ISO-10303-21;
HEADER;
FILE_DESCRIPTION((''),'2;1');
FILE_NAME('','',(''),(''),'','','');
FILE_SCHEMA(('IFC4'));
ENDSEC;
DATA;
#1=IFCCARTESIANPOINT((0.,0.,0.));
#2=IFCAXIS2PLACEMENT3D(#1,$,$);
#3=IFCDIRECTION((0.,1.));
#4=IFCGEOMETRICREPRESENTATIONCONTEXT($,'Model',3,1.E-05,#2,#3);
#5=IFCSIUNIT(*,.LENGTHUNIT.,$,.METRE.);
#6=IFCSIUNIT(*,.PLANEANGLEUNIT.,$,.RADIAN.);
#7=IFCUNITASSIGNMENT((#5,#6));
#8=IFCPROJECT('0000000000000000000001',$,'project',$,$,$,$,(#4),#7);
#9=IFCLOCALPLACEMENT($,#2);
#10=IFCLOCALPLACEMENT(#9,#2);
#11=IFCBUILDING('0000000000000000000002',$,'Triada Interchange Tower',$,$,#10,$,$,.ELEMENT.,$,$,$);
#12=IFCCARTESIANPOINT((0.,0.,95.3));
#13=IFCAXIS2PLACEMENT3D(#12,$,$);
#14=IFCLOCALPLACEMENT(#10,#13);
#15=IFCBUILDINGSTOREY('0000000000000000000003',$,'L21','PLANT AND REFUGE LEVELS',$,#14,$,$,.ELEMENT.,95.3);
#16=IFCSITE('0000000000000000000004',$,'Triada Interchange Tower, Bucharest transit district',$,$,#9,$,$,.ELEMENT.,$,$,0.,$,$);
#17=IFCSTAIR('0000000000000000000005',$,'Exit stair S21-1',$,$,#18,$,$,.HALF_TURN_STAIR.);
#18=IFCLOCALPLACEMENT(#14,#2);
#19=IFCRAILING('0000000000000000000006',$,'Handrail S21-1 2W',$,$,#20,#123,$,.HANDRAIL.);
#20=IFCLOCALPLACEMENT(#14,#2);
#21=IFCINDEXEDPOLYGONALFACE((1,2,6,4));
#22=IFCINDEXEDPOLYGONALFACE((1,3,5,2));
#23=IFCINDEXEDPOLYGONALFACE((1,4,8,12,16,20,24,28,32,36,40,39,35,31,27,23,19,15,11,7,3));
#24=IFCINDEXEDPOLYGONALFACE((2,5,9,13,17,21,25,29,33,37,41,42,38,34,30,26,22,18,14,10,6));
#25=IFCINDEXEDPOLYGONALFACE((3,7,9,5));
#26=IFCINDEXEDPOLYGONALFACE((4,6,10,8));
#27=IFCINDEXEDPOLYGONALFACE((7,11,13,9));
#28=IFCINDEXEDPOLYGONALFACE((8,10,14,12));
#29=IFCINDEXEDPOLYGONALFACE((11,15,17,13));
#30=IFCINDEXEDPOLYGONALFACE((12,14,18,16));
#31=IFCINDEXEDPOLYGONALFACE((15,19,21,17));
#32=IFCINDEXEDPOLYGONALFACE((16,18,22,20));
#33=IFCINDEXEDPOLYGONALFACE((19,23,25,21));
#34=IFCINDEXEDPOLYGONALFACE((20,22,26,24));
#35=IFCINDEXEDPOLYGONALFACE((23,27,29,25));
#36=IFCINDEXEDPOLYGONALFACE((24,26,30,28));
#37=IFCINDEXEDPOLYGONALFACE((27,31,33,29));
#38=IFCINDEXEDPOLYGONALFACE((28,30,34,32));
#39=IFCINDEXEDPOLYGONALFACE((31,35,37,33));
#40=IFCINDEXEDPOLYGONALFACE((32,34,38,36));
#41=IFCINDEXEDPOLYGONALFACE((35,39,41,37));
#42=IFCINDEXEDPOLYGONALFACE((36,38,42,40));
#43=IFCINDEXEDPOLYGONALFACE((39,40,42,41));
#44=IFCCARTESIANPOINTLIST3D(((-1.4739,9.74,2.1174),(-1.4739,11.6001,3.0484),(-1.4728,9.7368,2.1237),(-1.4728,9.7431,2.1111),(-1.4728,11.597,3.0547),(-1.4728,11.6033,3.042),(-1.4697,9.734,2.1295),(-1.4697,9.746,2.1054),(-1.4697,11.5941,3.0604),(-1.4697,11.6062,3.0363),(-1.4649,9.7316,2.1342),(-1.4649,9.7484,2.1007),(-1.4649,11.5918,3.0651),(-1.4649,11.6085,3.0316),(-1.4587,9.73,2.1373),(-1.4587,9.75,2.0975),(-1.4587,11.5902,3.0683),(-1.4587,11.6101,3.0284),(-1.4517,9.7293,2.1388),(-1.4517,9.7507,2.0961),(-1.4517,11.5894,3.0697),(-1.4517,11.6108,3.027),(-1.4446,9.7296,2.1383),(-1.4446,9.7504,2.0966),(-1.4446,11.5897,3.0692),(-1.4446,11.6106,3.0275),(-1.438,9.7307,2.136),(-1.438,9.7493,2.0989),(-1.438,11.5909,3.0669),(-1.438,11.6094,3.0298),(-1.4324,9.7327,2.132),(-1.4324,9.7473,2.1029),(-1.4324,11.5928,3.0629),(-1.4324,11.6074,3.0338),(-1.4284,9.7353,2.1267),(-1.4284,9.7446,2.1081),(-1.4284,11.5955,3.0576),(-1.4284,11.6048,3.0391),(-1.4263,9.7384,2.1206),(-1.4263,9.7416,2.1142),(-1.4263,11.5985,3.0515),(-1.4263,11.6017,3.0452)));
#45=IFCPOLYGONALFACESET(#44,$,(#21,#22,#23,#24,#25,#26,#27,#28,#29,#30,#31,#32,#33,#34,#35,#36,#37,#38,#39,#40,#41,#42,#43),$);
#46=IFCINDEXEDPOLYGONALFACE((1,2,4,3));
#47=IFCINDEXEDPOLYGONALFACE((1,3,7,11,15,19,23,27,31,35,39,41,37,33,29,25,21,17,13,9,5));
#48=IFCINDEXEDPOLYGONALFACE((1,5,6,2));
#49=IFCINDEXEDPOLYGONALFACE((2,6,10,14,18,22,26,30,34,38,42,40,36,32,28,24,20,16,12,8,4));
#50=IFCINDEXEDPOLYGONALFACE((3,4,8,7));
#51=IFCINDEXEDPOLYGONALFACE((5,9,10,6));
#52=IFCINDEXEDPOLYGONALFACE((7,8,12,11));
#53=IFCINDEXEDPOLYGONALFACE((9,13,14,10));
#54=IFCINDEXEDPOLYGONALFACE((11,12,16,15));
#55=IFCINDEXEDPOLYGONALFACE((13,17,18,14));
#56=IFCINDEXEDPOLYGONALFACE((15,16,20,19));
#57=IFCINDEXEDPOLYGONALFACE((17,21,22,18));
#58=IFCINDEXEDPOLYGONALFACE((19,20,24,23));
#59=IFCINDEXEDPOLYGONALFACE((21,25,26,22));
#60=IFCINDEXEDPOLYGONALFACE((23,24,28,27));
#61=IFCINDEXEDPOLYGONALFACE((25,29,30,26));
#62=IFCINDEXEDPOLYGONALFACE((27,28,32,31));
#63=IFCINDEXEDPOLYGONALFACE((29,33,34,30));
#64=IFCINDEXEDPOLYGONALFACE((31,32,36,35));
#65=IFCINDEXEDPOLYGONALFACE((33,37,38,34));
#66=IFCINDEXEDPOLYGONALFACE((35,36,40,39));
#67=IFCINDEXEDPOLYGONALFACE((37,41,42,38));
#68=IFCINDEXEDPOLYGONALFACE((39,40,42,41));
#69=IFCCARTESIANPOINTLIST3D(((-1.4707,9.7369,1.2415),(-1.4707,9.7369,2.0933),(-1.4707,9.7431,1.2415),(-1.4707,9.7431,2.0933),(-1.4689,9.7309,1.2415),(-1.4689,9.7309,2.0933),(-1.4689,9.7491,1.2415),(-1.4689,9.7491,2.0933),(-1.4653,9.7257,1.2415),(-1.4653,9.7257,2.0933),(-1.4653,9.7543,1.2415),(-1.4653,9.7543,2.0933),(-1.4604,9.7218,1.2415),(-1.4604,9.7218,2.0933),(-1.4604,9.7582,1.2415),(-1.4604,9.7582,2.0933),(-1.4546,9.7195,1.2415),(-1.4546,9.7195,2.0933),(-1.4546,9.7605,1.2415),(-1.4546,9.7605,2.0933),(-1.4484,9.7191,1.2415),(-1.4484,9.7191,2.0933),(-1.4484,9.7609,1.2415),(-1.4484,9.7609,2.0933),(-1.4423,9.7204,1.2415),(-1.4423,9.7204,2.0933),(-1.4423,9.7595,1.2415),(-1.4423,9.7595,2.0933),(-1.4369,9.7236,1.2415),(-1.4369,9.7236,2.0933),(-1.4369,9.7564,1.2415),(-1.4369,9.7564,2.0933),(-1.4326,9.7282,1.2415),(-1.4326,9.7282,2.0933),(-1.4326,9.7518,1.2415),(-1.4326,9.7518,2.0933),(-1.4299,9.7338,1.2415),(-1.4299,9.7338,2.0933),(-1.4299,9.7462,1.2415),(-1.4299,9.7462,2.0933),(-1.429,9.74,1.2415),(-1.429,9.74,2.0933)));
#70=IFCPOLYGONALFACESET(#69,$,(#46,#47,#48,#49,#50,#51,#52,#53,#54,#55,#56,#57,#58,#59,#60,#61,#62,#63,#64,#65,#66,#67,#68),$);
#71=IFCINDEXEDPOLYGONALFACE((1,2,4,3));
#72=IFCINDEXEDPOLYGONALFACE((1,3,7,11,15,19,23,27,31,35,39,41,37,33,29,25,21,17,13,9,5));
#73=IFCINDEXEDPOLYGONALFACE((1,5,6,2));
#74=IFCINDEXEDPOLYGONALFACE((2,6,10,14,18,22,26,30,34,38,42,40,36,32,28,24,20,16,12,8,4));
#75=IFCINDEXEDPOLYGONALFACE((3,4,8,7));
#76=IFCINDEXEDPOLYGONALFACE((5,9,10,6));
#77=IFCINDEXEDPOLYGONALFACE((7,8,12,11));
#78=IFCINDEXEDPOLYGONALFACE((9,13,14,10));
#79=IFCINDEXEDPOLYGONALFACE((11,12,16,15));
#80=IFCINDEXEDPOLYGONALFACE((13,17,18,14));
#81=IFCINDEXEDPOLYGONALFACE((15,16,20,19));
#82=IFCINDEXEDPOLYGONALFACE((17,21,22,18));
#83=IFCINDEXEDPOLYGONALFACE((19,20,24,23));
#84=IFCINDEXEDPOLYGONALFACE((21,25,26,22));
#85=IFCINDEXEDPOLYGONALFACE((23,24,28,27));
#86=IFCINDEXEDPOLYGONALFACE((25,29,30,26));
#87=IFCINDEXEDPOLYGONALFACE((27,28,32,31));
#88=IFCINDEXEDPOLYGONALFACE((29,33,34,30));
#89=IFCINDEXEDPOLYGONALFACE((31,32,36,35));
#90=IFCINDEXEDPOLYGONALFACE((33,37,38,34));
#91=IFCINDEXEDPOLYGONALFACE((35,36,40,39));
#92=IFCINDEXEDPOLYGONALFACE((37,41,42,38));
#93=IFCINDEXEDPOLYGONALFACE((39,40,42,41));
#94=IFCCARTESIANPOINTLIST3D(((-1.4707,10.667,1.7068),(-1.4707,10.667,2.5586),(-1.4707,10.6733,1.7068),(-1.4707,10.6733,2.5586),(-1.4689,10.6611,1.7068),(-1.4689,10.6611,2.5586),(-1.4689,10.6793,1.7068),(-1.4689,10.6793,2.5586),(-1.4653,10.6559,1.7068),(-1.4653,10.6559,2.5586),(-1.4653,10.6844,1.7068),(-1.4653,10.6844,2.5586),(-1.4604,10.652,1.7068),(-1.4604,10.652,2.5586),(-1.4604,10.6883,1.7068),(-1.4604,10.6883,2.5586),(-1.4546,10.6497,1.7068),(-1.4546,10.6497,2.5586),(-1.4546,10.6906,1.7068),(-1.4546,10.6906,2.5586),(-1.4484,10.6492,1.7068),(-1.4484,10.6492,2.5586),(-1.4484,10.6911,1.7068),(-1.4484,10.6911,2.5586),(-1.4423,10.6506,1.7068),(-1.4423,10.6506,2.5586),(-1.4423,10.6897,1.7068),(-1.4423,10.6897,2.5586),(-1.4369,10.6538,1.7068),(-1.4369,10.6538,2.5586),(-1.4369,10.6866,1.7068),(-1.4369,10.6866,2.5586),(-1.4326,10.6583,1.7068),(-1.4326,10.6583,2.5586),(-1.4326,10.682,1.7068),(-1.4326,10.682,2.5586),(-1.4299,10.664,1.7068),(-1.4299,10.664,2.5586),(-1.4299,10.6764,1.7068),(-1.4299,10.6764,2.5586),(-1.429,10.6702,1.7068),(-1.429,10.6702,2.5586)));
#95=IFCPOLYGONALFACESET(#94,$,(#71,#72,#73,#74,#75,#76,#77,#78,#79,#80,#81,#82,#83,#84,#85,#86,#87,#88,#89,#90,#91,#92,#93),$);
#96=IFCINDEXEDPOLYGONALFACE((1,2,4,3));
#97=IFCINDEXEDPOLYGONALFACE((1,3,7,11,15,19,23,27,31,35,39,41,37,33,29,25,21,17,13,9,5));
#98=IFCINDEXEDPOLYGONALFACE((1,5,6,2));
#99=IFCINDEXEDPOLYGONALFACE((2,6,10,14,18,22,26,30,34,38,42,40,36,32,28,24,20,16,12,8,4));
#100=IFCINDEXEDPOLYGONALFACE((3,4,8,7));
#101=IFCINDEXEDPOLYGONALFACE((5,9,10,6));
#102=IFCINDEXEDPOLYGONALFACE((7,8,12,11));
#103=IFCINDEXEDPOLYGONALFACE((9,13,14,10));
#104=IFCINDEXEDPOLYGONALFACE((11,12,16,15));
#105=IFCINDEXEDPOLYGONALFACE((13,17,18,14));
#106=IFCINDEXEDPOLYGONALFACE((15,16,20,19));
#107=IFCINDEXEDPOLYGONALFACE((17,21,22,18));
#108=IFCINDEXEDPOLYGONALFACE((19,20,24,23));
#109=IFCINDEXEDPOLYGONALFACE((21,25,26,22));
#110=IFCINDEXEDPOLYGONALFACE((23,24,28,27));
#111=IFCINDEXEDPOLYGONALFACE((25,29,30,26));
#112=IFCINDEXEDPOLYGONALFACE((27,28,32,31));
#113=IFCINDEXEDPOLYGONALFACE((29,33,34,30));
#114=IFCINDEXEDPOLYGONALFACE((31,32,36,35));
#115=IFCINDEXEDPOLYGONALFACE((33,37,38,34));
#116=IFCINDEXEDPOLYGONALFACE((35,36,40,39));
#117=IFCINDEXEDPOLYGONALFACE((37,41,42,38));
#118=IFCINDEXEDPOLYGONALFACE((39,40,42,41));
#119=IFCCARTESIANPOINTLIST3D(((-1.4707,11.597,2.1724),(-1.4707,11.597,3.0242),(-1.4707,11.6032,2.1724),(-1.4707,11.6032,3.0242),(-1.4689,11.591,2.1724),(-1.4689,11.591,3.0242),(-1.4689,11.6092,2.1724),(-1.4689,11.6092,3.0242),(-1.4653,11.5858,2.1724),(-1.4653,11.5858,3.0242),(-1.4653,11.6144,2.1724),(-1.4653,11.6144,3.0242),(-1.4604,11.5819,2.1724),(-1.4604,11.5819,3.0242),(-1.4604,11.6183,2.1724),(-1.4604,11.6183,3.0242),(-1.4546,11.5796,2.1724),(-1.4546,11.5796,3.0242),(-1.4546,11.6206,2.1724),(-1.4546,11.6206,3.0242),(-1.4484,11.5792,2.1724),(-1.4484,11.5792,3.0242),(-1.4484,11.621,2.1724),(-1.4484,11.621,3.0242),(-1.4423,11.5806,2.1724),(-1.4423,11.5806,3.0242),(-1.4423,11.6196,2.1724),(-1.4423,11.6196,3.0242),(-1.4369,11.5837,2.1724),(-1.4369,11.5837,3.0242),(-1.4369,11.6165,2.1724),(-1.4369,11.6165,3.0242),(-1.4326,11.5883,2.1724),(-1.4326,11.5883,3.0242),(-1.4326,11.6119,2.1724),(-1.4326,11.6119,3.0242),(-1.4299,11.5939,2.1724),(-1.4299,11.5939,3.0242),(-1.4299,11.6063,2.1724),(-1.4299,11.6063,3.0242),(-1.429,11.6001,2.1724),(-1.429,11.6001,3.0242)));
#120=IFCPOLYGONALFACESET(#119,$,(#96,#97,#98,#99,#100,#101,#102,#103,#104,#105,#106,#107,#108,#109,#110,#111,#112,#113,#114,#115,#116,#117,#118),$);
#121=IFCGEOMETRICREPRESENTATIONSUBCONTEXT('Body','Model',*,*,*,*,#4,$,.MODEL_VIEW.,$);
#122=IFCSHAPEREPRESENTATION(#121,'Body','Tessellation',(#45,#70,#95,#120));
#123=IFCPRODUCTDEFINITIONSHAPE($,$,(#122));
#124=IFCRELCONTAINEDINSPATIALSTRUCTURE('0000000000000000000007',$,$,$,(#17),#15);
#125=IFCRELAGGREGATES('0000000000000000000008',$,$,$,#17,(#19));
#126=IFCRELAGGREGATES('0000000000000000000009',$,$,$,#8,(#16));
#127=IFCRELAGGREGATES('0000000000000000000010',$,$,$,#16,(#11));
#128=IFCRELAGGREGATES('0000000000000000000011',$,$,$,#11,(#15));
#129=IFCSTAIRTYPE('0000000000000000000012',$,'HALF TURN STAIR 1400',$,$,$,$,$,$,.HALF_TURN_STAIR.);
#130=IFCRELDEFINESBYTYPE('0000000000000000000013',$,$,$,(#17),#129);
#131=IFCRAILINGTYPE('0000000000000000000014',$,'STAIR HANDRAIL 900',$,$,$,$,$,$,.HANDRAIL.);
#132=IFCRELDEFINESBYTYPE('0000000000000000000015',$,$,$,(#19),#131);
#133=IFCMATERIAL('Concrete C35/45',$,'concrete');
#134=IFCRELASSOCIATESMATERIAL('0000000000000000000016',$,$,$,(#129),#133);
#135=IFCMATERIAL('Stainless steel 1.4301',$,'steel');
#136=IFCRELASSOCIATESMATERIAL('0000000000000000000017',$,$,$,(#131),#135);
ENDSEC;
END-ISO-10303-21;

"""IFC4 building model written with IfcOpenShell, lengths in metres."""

from ifc_helpers import new_model, si_unit, direction, frame, origin, origin_2d, place, context, subcontext, project, spatial, circle, extrude, material, type_object, element, aggregate, save


model = new_model("IFC4")

# Units and contexts
model_context = context("Model", 3, precision=1e-05, world=origin(), true_north=direction((0.0, 1.0)))
body_context = subcontext(model_context, "Body", "Model", "MODEL_VIEW")
ifc_project = project(units=[si_unit("LENGTHUNIT", "METRE"), si_unit("PLANEANGLEUNIT", "RADIAN")], contexts=[model_context])

# Site, building, storey
site_placement = place(None, origin())
site = spatial("IfcSite", under=ifc_project, at=site_placement, Name="Triada Interchange Tower, Bucharest transit district", CompositionType="ELEMENT", RefElevation=0.0)
building_placement = place(site_placement, origin())
building = spatial("IfcBuilding", under=site, at=building_placement, Name="Triada Interchange Tower", CompositionType="ELEMENT")
storey_placement = place(building_placement, frame((0.0, 0.0, 95.3)))
storey = spatial("IfcBuildingStorey", under=building, at=storey_placement, Name="L21", Description="PLANT AND REFUGE LEVELS", CompositionType="ELEMENT", Elevation=95.3)

# Stair
ifc_material_1 = material(Name="Concrete C35/45", Category="concrete")
stair_type = type_object("IfcStairType", Name="HALF TURN STAIR 1400", PredefinedType="HALF_TURN_STAIR", material=ifc_material_1)
stair_placement = place(storey_placement, origin())
stair = element("IfcStair", 1, at=stair_placement, inside=storey, type_object=stair_type, Name="Exit stair S21-1", PredefinedType="HALF_TURN_STAIR")

# Railing
ifc_material_2 = material(Name="Stainless steel 1.4301", Category="steel")
railing_type = type_object("IfcRailingType", Name="STAIR HANDRAIL 900", PredefinedType="HANDRAIL", material=ifc_material_2)
railing_1_placement = place(storey_placement, frame((-1.45, 9.74, 1.2415)))
railing_1 = element("IfcRailing", 2, at=railing_1_placement, type_object=railing_type, Name="Handrail S21-1 2W", PredefinedType="HANDRAIL", context=body_context, shape_type="SweptSolid", body=[
    extrude(circle(Radius=0.0239, at=origin_2d()), frame((0.0, 0.0, 0.876), z_axis=(0.0, 0.894263, 0.447542), x_axis=(-1.0, 0.0, 0.0)), (0.0, 0.0, 1.0), 2.0801),
    extrude(circle(Radius=0.021, at=origin_2d()), origin(), (0.0, 0.0, 1.0), 0.8518),
    extrude(circle(Radius=0.021, at=origin_2d()), frame((0.0, 0.9302, 0.4653)), (0.0, 0.0, 1.0), 0.8518),
    extrude(circle(Radius=0.021, at=origin_2d()), frame((0.0, 1.8601, 0.9309)), (0.0, 0.0, 1.0), 0.8518),
])
aggregate(stair, [railing_1])

save(model, "model.ifc")
